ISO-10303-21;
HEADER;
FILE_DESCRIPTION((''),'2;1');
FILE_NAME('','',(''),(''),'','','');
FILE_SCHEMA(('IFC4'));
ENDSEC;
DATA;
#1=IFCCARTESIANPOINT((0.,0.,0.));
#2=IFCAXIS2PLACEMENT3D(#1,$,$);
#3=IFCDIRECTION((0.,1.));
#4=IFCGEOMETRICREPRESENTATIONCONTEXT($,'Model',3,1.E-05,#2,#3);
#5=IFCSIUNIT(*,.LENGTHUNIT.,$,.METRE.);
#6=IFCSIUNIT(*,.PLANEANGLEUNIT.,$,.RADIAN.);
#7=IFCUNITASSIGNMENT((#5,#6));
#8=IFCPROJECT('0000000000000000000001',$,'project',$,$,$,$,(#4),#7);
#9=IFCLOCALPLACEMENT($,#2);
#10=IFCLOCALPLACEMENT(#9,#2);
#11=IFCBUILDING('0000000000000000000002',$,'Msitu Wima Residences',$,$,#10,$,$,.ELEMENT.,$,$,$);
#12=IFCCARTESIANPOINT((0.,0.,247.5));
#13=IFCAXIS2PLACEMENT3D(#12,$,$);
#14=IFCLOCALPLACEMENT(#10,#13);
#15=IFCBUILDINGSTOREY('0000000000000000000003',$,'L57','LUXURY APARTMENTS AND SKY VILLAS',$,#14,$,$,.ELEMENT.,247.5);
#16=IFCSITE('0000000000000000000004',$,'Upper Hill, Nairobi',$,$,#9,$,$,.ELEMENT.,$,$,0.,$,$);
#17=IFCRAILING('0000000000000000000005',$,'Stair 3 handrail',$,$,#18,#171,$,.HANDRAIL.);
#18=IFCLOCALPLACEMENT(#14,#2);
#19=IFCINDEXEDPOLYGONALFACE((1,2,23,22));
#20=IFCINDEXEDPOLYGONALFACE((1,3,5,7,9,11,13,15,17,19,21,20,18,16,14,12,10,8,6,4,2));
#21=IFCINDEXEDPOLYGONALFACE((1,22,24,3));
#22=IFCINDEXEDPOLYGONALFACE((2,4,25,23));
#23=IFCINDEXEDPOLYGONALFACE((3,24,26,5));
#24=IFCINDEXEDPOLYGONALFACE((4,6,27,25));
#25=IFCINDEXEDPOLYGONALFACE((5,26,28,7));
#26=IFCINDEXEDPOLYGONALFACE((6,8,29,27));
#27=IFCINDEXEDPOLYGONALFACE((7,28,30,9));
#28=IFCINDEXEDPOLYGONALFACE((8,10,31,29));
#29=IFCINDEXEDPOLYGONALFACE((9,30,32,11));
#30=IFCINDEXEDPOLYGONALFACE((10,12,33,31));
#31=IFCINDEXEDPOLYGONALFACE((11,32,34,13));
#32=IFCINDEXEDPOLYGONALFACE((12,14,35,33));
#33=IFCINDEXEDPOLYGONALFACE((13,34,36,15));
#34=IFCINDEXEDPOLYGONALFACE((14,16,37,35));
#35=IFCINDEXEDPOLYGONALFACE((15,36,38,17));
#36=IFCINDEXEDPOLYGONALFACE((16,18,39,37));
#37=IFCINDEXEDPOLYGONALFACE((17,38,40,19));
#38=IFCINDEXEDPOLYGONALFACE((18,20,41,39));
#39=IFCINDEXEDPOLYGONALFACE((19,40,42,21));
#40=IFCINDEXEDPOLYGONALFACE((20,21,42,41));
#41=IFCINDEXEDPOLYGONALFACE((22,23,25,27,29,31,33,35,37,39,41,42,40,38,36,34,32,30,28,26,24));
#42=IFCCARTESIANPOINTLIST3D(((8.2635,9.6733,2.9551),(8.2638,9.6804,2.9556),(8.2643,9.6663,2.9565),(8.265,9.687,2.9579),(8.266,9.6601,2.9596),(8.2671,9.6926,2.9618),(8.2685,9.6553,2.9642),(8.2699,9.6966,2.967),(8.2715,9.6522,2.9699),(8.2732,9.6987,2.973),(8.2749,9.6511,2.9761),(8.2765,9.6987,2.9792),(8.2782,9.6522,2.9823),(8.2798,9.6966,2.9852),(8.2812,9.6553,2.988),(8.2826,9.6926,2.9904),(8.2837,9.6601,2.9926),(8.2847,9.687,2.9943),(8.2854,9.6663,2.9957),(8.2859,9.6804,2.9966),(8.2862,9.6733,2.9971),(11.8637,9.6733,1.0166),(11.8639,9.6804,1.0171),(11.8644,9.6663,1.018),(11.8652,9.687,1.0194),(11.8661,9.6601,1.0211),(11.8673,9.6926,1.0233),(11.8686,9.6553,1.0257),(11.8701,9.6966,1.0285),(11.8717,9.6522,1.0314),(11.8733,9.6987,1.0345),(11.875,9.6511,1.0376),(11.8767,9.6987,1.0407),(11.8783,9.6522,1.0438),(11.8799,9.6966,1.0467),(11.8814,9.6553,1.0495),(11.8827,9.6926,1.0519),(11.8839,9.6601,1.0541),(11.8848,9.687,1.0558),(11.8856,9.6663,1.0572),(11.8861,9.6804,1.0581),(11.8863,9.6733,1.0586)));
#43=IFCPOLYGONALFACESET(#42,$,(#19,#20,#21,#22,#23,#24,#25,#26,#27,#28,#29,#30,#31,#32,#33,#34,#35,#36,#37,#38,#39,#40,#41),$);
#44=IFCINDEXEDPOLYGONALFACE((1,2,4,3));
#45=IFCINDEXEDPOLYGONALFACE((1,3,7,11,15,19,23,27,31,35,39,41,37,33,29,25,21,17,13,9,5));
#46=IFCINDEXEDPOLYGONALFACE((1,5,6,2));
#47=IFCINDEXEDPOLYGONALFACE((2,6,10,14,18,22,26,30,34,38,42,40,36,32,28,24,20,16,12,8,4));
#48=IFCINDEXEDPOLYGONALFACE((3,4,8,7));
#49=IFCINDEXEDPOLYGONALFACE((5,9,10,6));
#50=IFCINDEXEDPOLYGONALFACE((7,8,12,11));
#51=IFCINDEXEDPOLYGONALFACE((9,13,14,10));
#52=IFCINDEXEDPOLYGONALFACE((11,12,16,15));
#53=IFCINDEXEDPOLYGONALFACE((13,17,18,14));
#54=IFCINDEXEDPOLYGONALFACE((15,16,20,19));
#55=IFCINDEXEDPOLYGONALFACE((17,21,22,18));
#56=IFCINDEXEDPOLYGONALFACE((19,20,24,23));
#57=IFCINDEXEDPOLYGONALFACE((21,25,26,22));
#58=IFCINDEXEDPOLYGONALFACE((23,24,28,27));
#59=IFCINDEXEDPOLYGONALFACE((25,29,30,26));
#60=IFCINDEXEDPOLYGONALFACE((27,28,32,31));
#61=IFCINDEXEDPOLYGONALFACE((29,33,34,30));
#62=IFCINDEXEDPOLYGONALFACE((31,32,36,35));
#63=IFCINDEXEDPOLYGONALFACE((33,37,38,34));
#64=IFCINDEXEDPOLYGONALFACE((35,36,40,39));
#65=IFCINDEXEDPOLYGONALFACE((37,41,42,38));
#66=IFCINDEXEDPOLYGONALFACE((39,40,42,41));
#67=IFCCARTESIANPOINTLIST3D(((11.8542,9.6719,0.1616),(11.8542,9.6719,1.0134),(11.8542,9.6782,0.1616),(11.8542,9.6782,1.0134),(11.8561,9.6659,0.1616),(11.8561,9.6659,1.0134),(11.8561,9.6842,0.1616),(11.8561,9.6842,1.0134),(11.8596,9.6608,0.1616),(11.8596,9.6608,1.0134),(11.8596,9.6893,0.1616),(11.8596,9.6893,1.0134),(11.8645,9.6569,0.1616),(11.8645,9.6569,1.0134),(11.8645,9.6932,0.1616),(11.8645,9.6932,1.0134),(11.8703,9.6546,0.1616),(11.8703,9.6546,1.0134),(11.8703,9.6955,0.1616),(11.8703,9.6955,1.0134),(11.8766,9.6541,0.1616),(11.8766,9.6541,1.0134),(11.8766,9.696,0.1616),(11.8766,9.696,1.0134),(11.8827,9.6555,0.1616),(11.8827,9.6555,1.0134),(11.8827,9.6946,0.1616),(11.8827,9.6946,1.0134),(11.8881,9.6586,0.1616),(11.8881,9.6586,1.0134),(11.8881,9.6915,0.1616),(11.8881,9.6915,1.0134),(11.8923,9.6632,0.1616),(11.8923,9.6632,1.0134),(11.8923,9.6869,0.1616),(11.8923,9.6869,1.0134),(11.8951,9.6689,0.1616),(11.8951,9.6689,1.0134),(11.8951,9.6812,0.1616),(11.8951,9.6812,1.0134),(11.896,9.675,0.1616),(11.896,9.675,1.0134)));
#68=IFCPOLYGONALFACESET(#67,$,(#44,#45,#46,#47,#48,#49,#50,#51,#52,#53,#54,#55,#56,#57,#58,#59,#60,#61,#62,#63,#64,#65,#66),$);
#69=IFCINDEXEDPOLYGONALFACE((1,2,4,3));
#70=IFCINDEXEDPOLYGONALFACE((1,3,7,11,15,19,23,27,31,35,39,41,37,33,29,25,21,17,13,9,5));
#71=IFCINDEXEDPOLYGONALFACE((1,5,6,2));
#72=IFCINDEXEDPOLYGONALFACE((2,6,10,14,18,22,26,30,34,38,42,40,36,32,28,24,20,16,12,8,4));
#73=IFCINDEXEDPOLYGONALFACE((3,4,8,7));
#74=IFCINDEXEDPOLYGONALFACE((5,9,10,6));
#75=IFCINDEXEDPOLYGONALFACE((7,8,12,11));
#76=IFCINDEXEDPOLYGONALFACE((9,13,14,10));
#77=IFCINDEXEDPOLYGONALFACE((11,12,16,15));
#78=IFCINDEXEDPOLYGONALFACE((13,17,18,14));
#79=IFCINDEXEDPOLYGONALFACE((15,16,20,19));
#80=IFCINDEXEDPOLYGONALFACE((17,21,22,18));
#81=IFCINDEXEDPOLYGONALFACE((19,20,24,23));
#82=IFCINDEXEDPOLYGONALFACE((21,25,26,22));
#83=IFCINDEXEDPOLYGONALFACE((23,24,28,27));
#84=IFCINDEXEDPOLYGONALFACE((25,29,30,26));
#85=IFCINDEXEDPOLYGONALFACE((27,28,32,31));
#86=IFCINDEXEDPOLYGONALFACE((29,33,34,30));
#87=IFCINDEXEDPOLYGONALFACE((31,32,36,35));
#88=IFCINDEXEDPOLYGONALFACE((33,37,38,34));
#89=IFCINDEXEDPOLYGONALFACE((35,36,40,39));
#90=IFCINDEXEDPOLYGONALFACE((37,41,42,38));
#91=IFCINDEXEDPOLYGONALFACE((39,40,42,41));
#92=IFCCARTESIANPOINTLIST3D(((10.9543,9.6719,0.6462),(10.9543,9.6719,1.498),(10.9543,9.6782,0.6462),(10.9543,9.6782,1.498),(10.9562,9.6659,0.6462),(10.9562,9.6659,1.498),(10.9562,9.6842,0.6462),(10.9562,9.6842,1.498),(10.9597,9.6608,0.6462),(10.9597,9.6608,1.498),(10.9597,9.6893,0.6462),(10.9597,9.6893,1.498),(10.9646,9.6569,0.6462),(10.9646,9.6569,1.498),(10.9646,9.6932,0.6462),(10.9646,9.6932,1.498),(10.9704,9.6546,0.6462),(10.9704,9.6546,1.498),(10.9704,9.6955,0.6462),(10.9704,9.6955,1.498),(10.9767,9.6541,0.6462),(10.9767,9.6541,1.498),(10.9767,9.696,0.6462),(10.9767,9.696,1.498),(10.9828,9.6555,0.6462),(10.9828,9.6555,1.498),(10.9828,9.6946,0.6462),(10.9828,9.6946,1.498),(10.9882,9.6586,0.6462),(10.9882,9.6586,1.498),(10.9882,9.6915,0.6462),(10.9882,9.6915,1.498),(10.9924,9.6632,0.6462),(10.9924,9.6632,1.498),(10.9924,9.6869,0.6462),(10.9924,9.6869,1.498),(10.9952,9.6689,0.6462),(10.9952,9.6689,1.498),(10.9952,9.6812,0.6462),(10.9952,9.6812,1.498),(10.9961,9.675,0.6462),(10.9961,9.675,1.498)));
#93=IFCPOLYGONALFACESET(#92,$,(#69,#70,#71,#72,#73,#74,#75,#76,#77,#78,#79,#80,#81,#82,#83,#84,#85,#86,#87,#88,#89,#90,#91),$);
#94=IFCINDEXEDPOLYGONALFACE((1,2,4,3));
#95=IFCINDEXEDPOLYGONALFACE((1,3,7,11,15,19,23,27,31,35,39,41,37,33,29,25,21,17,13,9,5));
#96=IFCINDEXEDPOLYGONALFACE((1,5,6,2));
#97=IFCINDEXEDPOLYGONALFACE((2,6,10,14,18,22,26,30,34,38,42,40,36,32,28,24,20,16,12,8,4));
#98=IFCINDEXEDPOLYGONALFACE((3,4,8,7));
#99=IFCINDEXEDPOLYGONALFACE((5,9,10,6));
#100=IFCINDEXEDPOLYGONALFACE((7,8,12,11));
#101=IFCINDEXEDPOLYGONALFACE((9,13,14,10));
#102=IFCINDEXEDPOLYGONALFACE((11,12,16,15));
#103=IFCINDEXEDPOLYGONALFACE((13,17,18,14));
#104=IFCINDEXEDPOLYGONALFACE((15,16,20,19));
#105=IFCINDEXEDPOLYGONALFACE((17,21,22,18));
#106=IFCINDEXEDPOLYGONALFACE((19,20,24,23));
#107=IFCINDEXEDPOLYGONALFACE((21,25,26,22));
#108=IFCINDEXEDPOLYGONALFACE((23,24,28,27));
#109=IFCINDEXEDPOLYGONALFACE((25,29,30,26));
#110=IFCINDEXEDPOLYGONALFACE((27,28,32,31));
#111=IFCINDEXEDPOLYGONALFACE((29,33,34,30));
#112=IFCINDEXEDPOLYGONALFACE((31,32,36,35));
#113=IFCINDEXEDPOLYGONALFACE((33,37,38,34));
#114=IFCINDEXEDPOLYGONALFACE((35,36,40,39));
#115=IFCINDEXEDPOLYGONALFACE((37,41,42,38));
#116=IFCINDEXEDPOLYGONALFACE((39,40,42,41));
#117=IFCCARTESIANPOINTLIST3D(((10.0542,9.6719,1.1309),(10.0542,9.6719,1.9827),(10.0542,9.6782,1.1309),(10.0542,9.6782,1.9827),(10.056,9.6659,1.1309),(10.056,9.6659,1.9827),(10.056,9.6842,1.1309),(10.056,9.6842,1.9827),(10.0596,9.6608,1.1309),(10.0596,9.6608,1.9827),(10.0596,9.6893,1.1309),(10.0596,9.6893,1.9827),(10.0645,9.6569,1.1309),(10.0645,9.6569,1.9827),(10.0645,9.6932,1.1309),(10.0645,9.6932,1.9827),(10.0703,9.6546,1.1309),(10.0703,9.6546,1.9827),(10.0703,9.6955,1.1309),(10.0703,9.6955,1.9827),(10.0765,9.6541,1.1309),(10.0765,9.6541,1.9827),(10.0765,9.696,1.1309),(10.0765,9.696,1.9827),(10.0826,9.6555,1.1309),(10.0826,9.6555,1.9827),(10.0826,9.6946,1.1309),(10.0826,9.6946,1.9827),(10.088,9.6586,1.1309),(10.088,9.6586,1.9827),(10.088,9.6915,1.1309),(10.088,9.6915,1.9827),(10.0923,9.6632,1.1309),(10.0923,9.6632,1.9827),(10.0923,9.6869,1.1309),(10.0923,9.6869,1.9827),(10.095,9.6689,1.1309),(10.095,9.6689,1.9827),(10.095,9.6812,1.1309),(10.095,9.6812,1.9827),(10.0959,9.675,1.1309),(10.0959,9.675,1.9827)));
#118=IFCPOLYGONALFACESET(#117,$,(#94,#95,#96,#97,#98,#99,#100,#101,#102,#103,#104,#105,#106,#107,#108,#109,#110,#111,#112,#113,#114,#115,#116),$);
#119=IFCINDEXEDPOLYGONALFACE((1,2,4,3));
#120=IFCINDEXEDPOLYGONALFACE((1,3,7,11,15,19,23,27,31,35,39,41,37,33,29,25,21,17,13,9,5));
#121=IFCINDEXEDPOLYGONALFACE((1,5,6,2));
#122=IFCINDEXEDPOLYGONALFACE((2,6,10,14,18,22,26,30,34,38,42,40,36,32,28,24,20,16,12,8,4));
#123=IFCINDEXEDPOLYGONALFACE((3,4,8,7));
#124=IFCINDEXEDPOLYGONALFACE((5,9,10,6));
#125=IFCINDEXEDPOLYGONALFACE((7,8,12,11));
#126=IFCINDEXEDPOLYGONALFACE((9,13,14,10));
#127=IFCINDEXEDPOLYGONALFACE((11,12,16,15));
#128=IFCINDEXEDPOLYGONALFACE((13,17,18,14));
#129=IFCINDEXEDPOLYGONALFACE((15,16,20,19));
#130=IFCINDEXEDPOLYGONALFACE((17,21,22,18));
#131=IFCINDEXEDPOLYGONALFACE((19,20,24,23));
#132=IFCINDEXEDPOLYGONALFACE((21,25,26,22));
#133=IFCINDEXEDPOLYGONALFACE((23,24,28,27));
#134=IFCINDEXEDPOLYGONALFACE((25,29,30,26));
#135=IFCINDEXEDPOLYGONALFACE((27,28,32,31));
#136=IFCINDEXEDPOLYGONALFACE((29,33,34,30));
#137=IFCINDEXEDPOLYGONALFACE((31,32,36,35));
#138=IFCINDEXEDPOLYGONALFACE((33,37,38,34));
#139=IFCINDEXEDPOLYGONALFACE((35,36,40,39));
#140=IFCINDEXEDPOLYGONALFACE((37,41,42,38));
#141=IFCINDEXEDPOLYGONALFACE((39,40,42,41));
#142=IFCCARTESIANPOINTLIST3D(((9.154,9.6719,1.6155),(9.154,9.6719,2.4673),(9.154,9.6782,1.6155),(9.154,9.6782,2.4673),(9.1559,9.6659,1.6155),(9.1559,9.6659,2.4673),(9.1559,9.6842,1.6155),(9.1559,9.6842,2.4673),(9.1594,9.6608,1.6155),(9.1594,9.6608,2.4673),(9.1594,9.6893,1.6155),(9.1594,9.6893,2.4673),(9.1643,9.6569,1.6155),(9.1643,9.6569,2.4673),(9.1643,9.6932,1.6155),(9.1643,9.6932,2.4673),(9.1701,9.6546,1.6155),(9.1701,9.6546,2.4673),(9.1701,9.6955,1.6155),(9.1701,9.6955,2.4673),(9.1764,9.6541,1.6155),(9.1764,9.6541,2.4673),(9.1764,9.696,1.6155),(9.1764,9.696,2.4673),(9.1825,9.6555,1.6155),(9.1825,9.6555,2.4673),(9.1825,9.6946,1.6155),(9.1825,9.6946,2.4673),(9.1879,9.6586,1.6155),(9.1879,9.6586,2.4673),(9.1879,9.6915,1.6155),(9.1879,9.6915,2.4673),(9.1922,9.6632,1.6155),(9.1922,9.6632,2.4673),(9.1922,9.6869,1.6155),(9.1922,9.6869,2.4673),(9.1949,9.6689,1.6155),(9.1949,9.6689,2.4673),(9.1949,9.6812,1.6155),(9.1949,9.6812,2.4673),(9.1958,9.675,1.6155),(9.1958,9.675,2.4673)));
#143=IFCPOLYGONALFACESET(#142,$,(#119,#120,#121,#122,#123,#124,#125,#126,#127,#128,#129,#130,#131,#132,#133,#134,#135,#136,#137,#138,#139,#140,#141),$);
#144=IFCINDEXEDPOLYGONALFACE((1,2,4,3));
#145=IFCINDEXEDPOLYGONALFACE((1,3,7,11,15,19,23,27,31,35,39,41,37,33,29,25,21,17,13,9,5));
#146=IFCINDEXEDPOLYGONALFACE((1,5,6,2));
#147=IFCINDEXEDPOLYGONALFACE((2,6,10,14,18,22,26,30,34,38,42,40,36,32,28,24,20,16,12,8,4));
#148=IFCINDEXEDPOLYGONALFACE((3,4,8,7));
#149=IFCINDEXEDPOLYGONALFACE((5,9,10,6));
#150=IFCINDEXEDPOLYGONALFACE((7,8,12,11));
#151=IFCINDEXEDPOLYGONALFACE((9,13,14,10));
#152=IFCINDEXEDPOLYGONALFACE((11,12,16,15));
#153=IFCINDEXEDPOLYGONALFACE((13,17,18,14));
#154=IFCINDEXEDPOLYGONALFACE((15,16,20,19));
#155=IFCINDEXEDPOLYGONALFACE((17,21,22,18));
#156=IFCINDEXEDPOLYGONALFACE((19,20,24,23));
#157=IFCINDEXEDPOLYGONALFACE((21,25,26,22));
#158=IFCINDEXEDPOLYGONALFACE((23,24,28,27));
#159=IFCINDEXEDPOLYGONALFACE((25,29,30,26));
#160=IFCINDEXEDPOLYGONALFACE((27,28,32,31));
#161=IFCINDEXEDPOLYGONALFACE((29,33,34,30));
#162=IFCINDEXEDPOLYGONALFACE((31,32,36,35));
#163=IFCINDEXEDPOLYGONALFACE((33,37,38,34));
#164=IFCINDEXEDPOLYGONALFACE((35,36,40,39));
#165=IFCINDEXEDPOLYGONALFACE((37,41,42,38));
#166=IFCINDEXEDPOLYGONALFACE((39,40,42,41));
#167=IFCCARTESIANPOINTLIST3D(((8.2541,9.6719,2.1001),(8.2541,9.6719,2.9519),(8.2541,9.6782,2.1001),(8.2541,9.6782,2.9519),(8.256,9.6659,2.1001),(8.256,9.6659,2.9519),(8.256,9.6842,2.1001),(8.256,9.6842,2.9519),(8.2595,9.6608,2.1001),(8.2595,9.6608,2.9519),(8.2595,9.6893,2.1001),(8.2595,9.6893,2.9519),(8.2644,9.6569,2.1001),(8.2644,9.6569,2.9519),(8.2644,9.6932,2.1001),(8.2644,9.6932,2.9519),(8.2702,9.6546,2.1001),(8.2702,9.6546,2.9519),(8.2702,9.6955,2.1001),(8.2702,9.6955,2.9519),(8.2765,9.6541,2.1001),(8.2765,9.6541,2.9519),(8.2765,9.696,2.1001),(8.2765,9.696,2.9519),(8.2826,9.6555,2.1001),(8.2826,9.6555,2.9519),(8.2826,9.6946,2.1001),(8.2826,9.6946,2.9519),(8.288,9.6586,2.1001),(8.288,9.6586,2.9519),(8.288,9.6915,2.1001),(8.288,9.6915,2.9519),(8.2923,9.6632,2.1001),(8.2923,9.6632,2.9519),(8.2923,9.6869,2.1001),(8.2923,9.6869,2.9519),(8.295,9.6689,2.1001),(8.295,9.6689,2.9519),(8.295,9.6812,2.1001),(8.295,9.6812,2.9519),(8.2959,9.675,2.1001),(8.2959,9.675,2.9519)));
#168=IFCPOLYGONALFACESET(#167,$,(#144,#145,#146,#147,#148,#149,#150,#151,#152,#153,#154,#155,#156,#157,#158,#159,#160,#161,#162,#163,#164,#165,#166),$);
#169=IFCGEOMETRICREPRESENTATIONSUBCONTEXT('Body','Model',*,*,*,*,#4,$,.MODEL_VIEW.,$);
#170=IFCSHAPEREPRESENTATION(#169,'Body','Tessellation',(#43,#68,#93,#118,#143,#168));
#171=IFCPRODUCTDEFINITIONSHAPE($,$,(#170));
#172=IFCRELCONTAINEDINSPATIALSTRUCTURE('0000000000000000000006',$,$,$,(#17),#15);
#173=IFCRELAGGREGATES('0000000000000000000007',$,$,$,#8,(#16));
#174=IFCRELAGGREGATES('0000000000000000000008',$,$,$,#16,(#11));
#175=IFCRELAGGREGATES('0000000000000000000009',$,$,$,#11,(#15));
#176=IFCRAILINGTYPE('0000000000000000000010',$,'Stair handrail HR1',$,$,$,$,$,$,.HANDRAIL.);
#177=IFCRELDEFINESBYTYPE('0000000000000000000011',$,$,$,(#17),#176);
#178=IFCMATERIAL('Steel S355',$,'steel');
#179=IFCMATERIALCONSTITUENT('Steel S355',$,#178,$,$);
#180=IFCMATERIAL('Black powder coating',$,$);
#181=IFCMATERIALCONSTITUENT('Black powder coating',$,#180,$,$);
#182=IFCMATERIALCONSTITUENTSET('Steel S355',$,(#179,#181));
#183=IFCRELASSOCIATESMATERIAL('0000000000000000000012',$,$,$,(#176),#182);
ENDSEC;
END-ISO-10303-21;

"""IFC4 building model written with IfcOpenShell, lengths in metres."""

from ifc_helpers import new_model, si_unit, direction, frame, origin, origin_2d, place, context, subcontext, project, spatial, circle, extrude, material, constituent, constituent_set, type_object, element, save


model = new_model("IFC4")

# Units and contexts
model_context = context("Model", 3, precision=1e-05, world=origin(), true_north=direction((0.0, 1.0)))
body_context = subcontext(model_context, "Body", "Model", "MODEL_VIEW")
ifc_project = project(units=[si_unit("LENGTHUNIT", "METRE"), si_unit("PLANEANGLEUNIT", "RADIAN")], contexts=[model_context])

# Site, building, storey
site_placement = place(None, origin())
site = spatial("IfcSite", under=ifc_project, at=site_placement, Name="Upper Hill, Nairobi", CompositionType="ELEMENT", RefElevation=0.0)
building_placement = place(site_placement, origin())
building = spatial("IfcBuilding", under=site, at=building_placement, Name="Msitu Wima Residences", CompositionType="ELEMENT")
storey_placement = place(building_placement, frame((0.0, 0.0, 247.5)))
storey = spatial("IfcBuildingStorey", under=building, at=storey_placement, Name="L57", Description="LUXURY APARTMENTS AND SKY VILLAS", CompositionType="ELEMENT", Elevation=247.5)

# Railing
ifc_material_1 = material(Name="Steel S355", Category="steel")
ifc_constituent_1 = constituent(ifc_material_1, Name="Steel S355")
ifc_material_2 = material(Name="Black powder coating")
ifc_constituent_2 = constituent(ifc_material_2, Name="Black powder coating")
ifc_constituent_set_1 = constituent_set(constituents=[ifc_constituent_1, ifc_constituent_2], Name="Steel S355")
railing_type_1 = type_object("IfcRailingType", Name="Stair handrail HR1", PredefinedType="HANDRAIL", material=ifc_constituent_set_1)
for number, where, name in (
    (1, (11.875, 9.675, 0.1616), "Stair 3 handrail"),
):
    element("IfcRailing", number, at=place(storey_placement, frame(where)), inside=storey, type_object=railing_type_1, Name=name, PredefinedType="HANDRAIL", context=body_context, shape_type="SweptSolid", body=[
        extrude(circle(Radius=0.0239, at=origin_2d()), frame((0.0, 0.0, 0.876), z_axis=(-0.880475, 0.0, 0.474093), x_axis=(0.0, -1.0, 0.0)), (0.0, 0.0, 1.0), 4.0889),
        extrude(circle(Radius=0.021, at=origin_2d()), origin(), (0.0, 0.0, 1.0), 0.8518),
        extrude(circle(Radius=0.021, at=origin_2d()), frame((-0.8999, 0.0, 0.4846)), (0.0, 0.0, 1.0), 0.8518),
        extrude(circle(Radius=0.021, at=origin_2d()), frame((-1.8, 0.0, 0.9692)), (0.0, 0.0, 1.0), 0.8518),
        extrude(circle(Radius=0.021, at=origin_2d()), frame((-2.7002, 0.0, 1.4539)), (0.0, 0.0, 1.0), 0.8518),
        extrude(circle(Radius=0.021, at=origin_2d()), frame((-3.6001, 0.0, 1.9385)), (0.0, 0.0, 1.0), 0.8518),
    ])

save(model, "model.ifc")
